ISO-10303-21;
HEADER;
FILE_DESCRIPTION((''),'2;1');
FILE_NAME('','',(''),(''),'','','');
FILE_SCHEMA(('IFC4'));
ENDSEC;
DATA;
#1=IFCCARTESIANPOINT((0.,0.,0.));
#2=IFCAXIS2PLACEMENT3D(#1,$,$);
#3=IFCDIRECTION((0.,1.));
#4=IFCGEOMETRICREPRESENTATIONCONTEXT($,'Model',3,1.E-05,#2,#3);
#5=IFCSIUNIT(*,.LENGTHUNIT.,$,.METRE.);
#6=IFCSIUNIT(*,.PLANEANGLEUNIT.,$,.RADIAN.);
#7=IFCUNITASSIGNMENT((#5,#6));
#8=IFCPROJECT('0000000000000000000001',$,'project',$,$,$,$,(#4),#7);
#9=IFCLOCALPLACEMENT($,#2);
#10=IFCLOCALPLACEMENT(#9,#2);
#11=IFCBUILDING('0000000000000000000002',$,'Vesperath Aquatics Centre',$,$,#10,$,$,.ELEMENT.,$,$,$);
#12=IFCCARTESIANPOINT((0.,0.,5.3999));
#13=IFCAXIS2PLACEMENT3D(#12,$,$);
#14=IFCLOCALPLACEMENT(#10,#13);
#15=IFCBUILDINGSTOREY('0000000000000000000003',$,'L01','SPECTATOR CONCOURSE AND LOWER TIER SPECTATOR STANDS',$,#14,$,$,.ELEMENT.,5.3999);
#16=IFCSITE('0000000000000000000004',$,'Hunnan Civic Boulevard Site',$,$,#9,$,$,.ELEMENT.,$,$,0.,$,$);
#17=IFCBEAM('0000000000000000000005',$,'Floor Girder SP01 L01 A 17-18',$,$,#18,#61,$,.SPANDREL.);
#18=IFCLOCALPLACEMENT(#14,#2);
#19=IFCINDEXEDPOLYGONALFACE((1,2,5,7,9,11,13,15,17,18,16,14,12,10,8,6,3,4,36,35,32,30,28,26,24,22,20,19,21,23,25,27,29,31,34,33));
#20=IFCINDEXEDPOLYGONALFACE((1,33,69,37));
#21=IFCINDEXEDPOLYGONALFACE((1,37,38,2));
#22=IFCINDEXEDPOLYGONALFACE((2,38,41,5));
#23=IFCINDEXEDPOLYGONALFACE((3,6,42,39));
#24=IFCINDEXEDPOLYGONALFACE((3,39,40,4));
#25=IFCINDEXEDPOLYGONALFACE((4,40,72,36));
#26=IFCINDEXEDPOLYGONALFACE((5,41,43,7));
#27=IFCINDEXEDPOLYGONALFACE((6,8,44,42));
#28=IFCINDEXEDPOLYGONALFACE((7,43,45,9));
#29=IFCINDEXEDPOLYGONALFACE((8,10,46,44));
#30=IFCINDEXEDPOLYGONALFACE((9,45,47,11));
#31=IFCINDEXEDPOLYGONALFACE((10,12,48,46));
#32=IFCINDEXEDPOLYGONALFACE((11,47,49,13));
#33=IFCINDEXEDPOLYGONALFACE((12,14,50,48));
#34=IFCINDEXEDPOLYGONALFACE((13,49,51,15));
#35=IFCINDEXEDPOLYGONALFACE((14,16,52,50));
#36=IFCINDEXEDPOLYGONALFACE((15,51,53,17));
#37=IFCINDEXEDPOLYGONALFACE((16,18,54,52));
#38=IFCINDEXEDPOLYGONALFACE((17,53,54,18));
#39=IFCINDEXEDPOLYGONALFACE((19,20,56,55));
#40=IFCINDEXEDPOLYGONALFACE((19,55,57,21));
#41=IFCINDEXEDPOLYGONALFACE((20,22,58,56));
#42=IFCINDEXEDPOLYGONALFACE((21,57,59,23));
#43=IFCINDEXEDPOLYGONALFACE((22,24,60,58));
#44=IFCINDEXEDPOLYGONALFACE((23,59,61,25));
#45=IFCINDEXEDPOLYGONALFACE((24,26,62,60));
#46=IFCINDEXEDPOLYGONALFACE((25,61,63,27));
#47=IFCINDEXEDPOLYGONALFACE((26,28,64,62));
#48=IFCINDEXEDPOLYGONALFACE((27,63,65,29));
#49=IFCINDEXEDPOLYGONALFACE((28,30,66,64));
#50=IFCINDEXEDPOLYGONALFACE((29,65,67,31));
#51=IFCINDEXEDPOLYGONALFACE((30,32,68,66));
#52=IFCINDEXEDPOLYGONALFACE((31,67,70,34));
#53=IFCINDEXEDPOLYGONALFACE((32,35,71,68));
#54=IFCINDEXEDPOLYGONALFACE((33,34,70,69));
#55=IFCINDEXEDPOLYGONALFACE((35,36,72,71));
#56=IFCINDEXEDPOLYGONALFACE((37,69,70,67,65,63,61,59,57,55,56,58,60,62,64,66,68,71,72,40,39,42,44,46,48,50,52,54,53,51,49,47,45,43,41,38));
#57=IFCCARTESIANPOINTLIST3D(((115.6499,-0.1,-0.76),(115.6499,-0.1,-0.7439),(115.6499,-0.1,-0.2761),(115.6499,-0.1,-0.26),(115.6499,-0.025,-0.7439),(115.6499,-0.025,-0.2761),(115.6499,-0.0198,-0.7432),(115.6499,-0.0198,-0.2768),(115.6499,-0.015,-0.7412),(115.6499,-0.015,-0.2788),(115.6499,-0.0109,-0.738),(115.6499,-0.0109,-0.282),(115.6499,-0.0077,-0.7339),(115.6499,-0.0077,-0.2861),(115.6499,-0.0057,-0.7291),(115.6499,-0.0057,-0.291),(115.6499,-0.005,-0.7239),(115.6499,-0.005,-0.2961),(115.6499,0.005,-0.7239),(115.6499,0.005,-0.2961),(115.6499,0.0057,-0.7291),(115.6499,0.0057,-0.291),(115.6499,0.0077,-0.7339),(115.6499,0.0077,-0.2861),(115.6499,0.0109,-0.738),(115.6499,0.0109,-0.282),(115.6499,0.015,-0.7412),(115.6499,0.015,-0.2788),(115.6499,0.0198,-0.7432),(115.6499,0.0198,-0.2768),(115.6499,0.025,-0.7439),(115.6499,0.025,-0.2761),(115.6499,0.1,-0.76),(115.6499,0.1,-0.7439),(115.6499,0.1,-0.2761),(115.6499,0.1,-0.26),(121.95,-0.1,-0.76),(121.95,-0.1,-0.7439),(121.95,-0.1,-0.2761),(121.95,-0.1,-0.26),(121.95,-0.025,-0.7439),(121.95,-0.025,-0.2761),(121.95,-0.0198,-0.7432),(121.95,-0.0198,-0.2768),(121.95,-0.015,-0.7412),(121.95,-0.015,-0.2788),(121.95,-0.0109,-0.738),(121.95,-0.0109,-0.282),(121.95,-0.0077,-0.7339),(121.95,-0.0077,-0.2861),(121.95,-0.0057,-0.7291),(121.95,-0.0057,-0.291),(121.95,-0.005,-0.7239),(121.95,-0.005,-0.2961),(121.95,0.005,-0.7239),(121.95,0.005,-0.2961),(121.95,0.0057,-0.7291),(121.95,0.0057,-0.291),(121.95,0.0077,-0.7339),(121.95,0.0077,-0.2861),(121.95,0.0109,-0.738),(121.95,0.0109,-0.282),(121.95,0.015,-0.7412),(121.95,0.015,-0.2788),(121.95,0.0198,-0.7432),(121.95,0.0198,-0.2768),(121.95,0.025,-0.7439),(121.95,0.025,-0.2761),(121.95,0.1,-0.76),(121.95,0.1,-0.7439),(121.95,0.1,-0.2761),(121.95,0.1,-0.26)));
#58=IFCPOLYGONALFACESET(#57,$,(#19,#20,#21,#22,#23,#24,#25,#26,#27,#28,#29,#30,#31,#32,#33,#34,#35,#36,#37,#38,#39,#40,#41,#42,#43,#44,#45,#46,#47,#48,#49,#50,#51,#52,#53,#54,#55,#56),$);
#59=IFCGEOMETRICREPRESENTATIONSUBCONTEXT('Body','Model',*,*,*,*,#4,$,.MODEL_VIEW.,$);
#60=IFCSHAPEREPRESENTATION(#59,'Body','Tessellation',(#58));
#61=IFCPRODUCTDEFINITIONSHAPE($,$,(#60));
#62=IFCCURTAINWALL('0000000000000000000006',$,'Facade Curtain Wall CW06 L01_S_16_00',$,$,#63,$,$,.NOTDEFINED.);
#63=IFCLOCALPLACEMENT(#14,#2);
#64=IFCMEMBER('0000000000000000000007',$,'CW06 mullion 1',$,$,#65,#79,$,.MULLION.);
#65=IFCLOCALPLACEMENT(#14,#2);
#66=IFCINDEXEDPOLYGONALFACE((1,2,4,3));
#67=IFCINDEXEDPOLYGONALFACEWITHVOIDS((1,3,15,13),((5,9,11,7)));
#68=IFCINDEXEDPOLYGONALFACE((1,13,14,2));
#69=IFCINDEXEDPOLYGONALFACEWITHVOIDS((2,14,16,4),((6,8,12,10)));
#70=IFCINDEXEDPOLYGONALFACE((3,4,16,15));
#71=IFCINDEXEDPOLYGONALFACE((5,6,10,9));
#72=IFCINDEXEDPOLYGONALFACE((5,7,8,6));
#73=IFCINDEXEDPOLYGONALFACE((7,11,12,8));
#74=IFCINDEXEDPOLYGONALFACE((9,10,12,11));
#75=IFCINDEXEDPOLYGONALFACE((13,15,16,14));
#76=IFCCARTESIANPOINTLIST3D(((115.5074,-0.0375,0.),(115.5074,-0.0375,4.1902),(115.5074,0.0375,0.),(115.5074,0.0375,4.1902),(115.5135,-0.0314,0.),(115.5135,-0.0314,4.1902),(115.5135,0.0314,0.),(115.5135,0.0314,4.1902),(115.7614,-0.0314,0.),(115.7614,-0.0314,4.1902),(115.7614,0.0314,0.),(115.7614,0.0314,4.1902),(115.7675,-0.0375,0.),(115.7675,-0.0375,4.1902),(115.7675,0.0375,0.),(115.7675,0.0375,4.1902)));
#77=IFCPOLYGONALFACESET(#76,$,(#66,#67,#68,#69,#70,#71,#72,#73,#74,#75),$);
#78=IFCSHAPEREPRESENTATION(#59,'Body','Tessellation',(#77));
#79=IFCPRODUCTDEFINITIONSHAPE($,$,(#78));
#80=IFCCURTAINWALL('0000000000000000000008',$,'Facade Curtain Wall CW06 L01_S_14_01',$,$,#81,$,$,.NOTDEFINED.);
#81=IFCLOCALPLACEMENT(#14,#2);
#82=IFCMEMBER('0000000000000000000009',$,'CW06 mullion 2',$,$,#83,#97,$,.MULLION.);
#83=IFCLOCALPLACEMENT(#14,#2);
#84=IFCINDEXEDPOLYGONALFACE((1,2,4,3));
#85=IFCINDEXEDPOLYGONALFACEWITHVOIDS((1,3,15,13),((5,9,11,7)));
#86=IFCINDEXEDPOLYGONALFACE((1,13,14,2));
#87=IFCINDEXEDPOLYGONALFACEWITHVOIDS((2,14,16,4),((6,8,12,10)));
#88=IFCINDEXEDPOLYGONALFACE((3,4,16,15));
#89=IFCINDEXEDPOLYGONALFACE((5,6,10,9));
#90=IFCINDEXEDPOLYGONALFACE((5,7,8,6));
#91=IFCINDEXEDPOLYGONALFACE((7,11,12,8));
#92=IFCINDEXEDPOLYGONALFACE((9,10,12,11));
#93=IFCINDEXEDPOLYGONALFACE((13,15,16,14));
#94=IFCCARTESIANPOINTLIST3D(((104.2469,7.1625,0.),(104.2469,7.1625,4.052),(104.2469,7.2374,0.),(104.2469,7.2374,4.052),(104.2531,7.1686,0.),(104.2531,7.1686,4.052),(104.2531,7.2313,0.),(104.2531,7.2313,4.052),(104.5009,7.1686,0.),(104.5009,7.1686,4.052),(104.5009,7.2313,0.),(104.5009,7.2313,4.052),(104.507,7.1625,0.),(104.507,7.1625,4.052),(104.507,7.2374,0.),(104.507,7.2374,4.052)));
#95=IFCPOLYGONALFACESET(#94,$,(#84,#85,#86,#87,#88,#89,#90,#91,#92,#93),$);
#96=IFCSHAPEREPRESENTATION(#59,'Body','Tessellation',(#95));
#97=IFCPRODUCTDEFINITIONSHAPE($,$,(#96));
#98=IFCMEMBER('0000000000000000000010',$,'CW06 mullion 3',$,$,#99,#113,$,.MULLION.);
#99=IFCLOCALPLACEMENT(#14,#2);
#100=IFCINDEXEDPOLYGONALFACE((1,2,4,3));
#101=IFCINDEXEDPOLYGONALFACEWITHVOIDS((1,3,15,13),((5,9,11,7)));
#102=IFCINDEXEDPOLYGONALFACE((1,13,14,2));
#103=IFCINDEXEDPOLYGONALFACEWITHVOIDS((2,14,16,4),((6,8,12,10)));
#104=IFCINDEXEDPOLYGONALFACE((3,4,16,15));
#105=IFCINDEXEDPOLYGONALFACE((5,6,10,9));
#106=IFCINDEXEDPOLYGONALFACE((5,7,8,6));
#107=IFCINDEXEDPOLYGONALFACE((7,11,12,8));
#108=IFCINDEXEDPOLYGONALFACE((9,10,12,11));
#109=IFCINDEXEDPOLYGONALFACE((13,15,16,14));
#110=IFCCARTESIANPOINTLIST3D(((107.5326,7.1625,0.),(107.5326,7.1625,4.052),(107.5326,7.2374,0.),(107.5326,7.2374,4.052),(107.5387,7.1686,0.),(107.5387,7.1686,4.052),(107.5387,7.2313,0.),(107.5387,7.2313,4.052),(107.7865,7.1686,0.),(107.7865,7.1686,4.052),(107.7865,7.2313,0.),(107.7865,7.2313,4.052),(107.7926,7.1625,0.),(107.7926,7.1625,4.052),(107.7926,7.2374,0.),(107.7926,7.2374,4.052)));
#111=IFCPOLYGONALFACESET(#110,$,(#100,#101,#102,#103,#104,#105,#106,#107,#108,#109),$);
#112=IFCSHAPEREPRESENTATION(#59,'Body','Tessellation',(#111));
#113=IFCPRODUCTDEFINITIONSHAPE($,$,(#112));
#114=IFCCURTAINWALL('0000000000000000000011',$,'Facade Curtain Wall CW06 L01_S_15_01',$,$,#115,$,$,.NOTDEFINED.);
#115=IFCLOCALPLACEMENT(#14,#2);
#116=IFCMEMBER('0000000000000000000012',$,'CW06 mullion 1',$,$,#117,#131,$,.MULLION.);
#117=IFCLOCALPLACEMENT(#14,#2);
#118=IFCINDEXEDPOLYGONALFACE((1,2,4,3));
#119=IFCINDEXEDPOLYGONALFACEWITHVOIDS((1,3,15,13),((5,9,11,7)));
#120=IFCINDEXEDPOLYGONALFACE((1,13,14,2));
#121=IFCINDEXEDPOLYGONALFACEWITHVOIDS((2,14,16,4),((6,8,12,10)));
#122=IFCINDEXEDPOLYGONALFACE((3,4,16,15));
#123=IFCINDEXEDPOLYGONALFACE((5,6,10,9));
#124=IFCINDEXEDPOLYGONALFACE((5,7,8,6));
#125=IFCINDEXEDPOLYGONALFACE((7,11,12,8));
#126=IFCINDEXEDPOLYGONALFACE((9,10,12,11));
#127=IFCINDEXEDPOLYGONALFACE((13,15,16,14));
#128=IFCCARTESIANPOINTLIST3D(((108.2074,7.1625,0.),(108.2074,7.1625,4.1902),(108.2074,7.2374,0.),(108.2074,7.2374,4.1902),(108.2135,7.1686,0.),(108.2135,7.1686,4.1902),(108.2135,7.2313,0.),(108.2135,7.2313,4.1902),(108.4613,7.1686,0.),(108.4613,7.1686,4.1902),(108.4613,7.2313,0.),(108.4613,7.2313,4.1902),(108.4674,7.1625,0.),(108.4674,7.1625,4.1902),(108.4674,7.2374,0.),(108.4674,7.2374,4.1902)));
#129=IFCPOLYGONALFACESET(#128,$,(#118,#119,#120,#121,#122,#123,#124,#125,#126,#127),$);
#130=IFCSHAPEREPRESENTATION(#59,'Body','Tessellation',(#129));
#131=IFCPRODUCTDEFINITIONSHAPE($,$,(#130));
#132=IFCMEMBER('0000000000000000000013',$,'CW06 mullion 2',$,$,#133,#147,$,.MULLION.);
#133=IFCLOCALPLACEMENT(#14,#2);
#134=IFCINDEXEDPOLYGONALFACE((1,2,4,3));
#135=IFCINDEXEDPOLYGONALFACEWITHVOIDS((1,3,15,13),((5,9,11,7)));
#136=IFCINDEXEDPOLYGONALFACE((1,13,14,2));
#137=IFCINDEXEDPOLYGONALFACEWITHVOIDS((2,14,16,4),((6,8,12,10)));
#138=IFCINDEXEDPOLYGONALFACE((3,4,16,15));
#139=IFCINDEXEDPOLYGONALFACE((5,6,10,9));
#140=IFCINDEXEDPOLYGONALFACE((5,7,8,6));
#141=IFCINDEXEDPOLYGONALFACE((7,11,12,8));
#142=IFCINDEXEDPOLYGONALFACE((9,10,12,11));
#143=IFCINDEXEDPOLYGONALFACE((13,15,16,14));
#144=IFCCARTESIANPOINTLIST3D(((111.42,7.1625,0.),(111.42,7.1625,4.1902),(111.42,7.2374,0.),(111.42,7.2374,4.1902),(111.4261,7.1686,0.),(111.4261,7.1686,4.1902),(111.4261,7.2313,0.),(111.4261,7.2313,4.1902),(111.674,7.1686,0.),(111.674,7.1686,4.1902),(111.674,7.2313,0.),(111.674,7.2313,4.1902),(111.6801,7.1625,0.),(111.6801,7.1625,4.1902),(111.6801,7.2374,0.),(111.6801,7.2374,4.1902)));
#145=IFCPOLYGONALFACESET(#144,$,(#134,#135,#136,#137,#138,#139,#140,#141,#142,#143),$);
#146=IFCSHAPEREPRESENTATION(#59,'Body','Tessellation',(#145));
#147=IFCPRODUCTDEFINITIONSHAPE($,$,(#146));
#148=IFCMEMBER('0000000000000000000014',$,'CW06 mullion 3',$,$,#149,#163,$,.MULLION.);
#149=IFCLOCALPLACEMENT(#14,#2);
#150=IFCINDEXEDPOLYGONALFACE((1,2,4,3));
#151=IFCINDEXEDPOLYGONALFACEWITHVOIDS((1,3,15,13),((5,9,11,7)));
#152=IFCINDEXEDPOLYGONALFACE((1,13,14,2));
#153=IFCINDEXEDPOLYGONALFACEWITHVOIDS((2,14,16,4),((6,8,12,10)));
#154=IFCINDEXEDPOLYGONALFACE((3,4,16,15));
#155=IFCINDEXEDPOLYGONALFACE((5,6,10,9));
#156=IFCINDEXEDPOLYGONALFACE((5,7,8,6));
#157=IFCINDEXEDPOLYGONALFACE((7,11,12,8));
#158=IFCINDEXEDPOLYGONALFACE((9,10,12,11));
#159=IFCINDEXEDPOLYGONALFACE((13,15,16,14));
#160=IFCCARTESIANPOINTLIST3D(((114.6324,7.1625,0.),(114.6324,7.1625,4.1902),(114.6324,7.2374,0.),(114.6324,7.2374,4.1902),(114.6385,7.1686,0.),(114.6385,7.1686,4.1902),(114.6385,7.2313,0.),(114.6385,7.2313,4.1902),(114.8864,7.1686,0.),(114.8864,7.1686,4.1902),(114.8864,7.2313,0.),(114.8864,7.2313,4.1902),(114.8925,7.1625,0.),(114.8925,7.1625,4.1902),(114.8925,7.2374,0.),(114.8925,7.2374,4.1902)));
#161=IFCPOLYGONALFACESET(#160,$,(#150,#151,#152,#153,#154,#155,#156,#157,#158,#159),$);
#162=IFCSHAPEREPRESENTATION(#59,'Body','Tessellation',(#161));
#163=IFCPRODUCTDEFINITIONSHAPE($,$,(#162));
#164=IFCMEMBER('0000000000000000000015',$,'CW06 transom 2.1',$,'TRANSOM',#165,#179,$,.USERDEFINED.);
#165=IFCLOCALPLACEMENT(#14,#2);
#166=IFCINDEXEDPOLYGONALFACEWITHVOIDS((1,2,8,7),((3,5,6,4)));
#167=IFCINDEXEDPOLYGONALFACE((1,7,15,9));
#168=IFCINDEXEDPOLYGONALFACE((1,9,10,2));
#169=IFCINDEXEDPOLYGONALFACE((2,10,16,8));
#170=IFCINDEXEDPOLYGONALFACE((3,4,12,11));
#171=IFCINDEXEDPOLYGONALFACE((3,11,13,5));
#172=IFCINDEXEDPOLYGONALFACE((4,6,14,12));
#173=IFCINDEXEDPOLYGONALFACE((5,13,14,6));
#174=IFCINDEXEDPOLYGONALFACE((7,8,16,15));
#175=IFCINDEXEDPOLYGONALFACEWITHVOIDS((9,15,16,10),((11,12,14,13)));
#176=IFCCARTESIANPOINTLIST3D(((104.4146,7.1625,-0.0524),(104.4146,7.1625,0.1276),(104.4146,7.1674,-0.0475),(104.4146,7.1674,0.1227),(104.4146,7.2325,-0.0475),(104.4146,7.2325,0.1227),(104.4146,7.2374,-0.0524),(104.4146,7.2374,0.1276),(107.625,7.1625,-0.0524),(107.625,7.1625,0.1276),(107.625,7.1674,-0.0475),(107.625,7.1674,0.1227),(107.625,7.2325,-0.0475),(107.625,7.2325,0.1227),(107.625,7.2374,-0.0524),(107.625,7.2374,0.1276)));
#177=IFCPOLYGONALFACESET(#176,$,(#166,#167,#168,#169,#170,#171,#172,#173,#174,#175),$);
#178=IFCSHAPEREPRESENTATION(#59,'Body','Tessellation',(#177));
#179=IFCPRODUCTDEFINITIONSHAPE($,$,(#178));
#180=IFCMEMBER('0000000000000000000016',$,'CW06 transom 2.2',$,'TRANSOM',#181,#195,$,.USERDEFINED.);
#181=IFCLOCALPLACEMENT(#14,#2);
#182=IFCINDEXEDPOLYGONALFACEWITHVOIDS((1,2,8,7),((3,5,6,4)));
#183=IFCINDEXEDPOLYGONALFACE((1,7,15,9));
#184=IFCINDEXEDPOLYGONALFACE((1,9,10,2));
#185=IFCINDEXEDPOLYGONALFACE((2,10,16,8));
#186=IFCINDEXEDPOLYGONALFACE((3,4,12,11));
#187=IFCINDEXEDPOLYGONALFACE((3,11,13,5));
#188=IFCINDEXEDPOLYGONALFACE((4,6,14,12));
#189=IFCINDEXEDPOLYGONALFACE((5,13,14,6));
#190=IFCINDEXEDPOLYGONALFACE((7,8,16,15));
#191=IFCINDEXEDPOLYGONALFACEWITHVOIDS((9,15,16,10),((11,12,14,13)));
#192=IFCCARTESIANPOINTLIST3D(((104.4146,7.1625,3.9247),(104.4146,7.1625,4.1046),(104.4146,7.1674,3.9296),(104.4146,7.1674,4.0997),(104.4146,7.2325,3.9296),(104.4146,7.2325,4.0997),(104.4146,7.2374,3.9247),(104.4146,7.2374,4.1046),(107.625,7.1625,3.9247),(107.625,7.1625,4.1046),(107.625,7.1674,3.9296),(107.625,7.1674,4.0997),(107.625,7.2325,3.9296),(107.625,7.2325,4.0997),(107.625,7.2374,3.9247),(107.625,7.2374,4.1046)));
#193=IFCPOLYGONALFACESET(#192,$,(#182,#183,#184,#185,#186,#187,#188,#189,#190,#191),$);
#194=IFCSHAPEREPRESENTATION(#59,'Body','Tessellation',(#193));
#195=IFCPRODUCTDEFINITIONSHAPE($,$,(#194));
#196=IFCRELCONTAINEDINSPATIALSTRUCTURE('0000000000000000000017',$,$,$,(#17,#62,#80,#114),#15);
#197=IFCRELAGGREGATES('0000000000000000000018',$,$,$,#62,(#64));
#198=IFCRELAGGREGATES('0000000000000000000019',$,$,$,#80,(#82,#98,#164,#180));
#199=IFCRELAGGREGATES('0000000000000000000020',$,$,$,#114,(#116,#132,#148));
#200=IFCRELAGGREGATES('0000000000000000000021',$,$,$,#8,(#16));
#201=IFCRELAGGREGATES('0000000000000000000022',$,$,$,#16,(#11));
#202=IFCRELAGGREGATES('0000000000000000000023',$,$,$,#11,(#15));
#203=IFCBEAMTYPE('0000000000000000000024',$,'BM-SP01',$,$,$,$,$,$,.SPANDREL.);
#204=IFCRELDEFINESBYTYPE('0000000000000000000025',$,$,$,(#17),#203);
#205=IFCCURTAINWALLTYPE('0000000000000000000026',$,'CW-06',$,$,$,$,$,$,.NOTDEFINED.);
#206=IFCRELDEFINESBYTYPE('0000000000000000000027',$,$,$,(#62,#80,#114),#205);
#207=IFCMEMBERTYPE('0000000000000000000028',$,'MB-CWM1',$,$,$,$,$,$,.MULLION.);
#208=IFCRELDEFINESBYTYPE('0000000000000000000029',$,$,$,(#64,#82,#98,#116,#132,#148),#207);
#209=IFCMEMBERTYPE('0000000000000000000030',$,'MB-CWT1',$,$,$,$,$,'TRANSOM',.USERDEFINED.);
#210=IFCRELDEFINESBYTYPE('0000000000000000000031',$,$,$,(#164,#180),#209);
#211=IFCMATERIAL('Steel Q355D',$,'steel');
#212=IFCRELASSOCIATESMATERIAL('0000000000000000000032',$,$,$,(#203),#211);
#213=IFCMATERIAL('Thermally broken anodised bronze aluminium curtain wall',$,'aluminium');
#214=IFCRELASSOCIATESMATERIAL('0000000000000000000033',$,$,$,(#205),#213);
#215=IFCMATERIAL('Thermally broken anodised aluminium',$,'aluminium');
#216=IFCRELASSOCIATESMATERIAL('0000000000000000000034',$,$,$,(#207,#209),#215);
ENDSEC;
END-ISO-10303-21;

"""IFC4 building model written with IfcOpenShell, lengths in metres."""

from ifc_helpers import new_model, si_unit, direction, frame, origin, origin_2d, place, context, subcontext, project, spatial, hollow_rectangle, i_section, extrude, material, material_profile, profile_set, type_object, element, aggregate, save


model = new_model("IFC4")

# Units and contexts
model_context = context("Model", 3, precision=1e-05, world=origin(), true_north=direction((0.0, 1.0)))
body_context = subcontext(model_context, "Body", "Model", "MODEL_VIEW")
ifc_project = project(units=[si_unit("LENGTHUNIT", "METRE"), si_unit("PLANEANGLEUNIT", "RADIAN")], contexts=[model_context])

# Site, building, storey
site_placement = place(None, origin())
site = spatial("IfcSite", under=ifc_project, at=site_placement, Name="Hunnan Civic Boulevard Site", CompositionType="ELEMENT", RefElevation=0.0)
building_placement = place(site_placement, origin())
building = spatial("IfcBuilding", under=site, at=building_placement, Name="Vesperath Aquatics Centre", CompositionType="ELEMENT")
storey_placement = place(building_placement, frame((0.0, 0.0, 5.3999)))
storey = spatial("IfcBuildingStorey", under=building, at=storey_placement, Name="L01", Description="SPECTATOR CONCOURSE AND LOWER TIER SPECTATOR STANDS", CompositionType="ELEMENT", Elevation=5.3999)

# Beam
ifc_material_1 = material(Name="Steel Q355D", Category="steel")
ifc_material_profile_1 = material_profile(ifc_material_1, i_section(OverallWidth=0.2, OverallDepth=0.5, WebThickness=0.01, FlangeThickness=0.0161, FilletRadius=0.02, at=origin_2d()), Name="HN 500x200x10x16")
ifc_profile_set_1 = profile_set([ifc_material_profile_1], Name="Steel Q355D")
beam_type_1 = type_object("IfcBeamType", Name="BM-SP01", PredefinedType="SPANDREL", material=ifc_profile_set_1)
beam_1_placement = place(storey_placement, frame((115.6499, 0.0, -0.51), z_axis=(1.0, 0.0, 0.0), x_axis=(0.0, 1.0, 0.0)))
element("IfcBeam", 1, at=beam_1_placement, inside=storey, type_object=beam_type_1, Name="Floor Girder SP01 L01 A 17-18", PredefinedType="SPANDREL", context=body_context, shape_type="SweptSolid", body=[
    extrude(i_section(OverallWidth=0.2, OverallDepth=0.5, WebThickness=0.01, FlangeThickness=0.0161, FilletRadius=0.02, at=origin_2d()), origin(), (0.0, 0.0, 1.0), 6.3),
])

# Curtain wall, member
ifc_material_2 = material(Name="Thermally broken anodised bronze aluminium curtain wall", Category="aluminium")
curtain_wall_type = type_object("IfcCurtainWallType", Name="CW-06", PredefinedType="NOTDEFINED", material=ifc_material_2)
curtain_wall_1_placement = place(storey_placement, origin())
curtain_wall_1 = element("IfcCurtainWall", 2, at=curtain_wall_1_placement, inside=storey, type_object=curtain_wall_type, Name="Facade Curtain Wall CW06 L01_S_16_00", PredefinedType="NOTDEFINED")
ifc_material_3 = material(Name="Thermally broken anodised aluminium", Category="aluminium")
ifc_material_profile_2 = material_profile(ifc_material_3, hollow_rectangle(XDim=0.075, YDim=0.26, WallThickness=0.0061, at=origin_2d()), Name="CWM 75x260x6")
ifc_profile_set_2 = profile_set([ifc_material_profile_2], Name="Thermally broken anodised aluminium")
member_type_1 = type_object("IfcMemberType", Name="MB-CWM1", PredefinedType="MULLION", material=ifc_profile_set_2)
member_1_placement = place(storey_placement, frame((115.6375, 0.0, 0.0), z_axis=(0.0, 0.0, 1.0), x_axis=(0.0, 1.0, 0.0)))
member_1 = element("IfcMember", 3, at=member_1_placement, type_object=member_type_1, Name="CW06 mullion 1", PredefinedType="MULLION", context=body_context, shape_type="SweptSolid", body=[
    extrude(hollow_rectangle(XDim=0.075, YDim=0.26, WallThickness=0.0061, at=origin_2d()), origin(), (0.0, 0.0, 1.0), 4.1902),
])
aggregate(curtain_wall_1, [member_1])

# Curtain walls, members
curtain_wall_2_placement = place(storey_placement, origin())
curtain_wall_2 = element("IfcCurtainWall", 4, at=curtain_wall_2_placement, inside=storey, type_object=curtain_wall_type, Name="Facade Curtain Wall CW06 L01_S_14_01", PredefinedType="NOTDEFINED")
member_2_placement = place(storey_placement, frame((104.377, 7.2, 0.0), z_axis=(0.0, 0.0, 1.0), x_axis=(0.0, 1.0, 0.0)))
member_2 = element("IfcMember", 5, at=member_2_placement, type_object=member_type_1, Name="CW06 mullion 2", PredefinedType="MULLION", context=body_context, shape_type="SweptSolid", body=[
    extrude(hollow_rectangle(XDim=0.075, YDim=0.26, WallThickness=0.0061, at=origin_2d()), origin(), (0.0, 0.0, 1.0), 4.052),
])
member_3_placement = place(storey_placement, frame((107.6626, 7.2, 0.0), z_axis=(0.0, 0.0, 1.0), x_axis=(0.0, 1.0, 0.0)))
member_3 = element("IfcMember", 6, at=member_3_placement, type_object=member_type_1, Name="CW06 mullion 3", PredefinedType="MULLION", context=body_context, shape_type="SweptSolid", body=[
    extrude(hollow_rectangle(XDim=0.075, YDim=0.26, WallThickness=0.0061, at=origin_2d()), origin(), (0.0, 0.0, 1.0), 4.052),
])
curtain_wall_3_placement = place(storey_placement, origin())
curtain_wall_3 = element("IfcCurtainWall", 7, at=curtain_wall_3_placement, inside=storey, type_object=curtain_wall_type, Name="Facade Curtain Wall CW06 L01_S_15_01", PredefinedType="NOTDEFINED")
member_4_placement = place(storey_placement, frame((108.3374, 7.2, 0.0), z_axis=(0.0, 0.0, 1.0), x_axis=(0.0, 1.0, 0.0)))
member_4 = element("IfcMember", 8, at=member_4_placement, type_object=member_type_1, Name="CW06 mullion 1", PredefinedType="MULLION", context=body_context, shape_type="SweptSolid", body=[
    extrude(hollow_rectangle(XDim=0.075, YDim=0.26, WallThickness=0.0061, at=origin_2d()), origin(), (0.0, 0.0, 1.0), 4.1902),
])
member_5_placement = place(storey_placement, frame((111.55, 7.2, 0.0), z_axis=(0.0, 0.0, 1.0), x_axis=(0.0, 1.0, 0.0)))
member_5 = element("IfcMember", 9, at=member_5_placement, type_object=member_type_1, Name="CW06 mullion 2", PredefinedType="MULLION", context=body_context, shape_type="SweptSolid", body=[
    extrude(hollow_rectangle(XDim=0.075, YDim=0.26, WallThickness=0.0061, at=origin_2d()), origin(), (0.0, 0.0, 1.0), 4.1902),
])
member_6_placement = place(storey_placement, frame((114.7625, 7.2, 0.0), z_axis=(0.0, 0.0, 1.0), x_axis=(0.0, 1.0, 0.0)))
member_6 = element("IfcMember", 10, at=member_6_placement, type_object=member_type_1, Name="CW06 mullion 3", PredefinedType="MULLION", context=body_context, shape_type="SweptSolid", body=[
    extrude(hollow_rectangle(XDim=0.075, YDim=0.26, WallThickness=0.0061, at=origin_2d()), origin(), (0.0, 0.0, 1.0), 4.1902),
])

# Members
ifc_material_profile_3 = material_profile(ifc_material_3, hollow_rectangle(XDim=0.075, YDim=0.1799, WallThickness=0.0049, at=origin_2d()), Name="CWT 75x180x5")
ifc_profile_set_3 = profile_set([ifc_material_profile_3], Name="Thermally broken anodised aluminium")
member_type_2 = type_object("IfcMemberType", Name="MB-CWT1", ElementType="TRANSOM", PredefinedType="USERDEFINED", material=ifc_profile_set_3)
member_7_placement = place(storey_placement, frame((104.4146, 7.2, 0.0376), z_axis=(1.0, 0.0, 0.0), x_axis=(0.0, 1.0, 0.0)))
member_7 = element("IfcMember", 11, at=member_7_placement, type_object=member_type_2, Name="CW06 transom 2.1", ObjectType="TRANSOM", PredefinedType="USERDEFINED", context=body_context, shape_type="SweptSolid", body=[
    extrude(hollow_rectangle(XDim=0.075, YDim=0.1799, WallThickness=0.0049, at=origin_2d()), origin(), (0.0, 0.0, 1.0), 3.2104),
])
member_8_placement = place(storey_placement, frame((104.4146, 7.2, 4.0146), z_axis=(1.0, 0.0, 0.0), x_axis=(0.0, 1.0, 0.0)))
member_8 = element("IfcMember", 12, at=member_8_placement, type_object=member_type_2, Name="CW06 transom 2.2", ObjectType="TRANSOM", PredefinedType="USERDEFINED", context=body_context, shape_type="SweptSolid", body=[
    extrude(hollow_rectangle(XDim=0.075, YDim=0.1799, WallThickness=0.0049, at=origin_2d()), origin(), (0.0, 0.0, 1.0), 3.2104),
])

aggregate(curtain_wall_2, [member_2, member_3, member_7, member_8])
aggregate(curtain_wall_3, [member_4, member_5, member_6])

save(model, "model.ifc")
